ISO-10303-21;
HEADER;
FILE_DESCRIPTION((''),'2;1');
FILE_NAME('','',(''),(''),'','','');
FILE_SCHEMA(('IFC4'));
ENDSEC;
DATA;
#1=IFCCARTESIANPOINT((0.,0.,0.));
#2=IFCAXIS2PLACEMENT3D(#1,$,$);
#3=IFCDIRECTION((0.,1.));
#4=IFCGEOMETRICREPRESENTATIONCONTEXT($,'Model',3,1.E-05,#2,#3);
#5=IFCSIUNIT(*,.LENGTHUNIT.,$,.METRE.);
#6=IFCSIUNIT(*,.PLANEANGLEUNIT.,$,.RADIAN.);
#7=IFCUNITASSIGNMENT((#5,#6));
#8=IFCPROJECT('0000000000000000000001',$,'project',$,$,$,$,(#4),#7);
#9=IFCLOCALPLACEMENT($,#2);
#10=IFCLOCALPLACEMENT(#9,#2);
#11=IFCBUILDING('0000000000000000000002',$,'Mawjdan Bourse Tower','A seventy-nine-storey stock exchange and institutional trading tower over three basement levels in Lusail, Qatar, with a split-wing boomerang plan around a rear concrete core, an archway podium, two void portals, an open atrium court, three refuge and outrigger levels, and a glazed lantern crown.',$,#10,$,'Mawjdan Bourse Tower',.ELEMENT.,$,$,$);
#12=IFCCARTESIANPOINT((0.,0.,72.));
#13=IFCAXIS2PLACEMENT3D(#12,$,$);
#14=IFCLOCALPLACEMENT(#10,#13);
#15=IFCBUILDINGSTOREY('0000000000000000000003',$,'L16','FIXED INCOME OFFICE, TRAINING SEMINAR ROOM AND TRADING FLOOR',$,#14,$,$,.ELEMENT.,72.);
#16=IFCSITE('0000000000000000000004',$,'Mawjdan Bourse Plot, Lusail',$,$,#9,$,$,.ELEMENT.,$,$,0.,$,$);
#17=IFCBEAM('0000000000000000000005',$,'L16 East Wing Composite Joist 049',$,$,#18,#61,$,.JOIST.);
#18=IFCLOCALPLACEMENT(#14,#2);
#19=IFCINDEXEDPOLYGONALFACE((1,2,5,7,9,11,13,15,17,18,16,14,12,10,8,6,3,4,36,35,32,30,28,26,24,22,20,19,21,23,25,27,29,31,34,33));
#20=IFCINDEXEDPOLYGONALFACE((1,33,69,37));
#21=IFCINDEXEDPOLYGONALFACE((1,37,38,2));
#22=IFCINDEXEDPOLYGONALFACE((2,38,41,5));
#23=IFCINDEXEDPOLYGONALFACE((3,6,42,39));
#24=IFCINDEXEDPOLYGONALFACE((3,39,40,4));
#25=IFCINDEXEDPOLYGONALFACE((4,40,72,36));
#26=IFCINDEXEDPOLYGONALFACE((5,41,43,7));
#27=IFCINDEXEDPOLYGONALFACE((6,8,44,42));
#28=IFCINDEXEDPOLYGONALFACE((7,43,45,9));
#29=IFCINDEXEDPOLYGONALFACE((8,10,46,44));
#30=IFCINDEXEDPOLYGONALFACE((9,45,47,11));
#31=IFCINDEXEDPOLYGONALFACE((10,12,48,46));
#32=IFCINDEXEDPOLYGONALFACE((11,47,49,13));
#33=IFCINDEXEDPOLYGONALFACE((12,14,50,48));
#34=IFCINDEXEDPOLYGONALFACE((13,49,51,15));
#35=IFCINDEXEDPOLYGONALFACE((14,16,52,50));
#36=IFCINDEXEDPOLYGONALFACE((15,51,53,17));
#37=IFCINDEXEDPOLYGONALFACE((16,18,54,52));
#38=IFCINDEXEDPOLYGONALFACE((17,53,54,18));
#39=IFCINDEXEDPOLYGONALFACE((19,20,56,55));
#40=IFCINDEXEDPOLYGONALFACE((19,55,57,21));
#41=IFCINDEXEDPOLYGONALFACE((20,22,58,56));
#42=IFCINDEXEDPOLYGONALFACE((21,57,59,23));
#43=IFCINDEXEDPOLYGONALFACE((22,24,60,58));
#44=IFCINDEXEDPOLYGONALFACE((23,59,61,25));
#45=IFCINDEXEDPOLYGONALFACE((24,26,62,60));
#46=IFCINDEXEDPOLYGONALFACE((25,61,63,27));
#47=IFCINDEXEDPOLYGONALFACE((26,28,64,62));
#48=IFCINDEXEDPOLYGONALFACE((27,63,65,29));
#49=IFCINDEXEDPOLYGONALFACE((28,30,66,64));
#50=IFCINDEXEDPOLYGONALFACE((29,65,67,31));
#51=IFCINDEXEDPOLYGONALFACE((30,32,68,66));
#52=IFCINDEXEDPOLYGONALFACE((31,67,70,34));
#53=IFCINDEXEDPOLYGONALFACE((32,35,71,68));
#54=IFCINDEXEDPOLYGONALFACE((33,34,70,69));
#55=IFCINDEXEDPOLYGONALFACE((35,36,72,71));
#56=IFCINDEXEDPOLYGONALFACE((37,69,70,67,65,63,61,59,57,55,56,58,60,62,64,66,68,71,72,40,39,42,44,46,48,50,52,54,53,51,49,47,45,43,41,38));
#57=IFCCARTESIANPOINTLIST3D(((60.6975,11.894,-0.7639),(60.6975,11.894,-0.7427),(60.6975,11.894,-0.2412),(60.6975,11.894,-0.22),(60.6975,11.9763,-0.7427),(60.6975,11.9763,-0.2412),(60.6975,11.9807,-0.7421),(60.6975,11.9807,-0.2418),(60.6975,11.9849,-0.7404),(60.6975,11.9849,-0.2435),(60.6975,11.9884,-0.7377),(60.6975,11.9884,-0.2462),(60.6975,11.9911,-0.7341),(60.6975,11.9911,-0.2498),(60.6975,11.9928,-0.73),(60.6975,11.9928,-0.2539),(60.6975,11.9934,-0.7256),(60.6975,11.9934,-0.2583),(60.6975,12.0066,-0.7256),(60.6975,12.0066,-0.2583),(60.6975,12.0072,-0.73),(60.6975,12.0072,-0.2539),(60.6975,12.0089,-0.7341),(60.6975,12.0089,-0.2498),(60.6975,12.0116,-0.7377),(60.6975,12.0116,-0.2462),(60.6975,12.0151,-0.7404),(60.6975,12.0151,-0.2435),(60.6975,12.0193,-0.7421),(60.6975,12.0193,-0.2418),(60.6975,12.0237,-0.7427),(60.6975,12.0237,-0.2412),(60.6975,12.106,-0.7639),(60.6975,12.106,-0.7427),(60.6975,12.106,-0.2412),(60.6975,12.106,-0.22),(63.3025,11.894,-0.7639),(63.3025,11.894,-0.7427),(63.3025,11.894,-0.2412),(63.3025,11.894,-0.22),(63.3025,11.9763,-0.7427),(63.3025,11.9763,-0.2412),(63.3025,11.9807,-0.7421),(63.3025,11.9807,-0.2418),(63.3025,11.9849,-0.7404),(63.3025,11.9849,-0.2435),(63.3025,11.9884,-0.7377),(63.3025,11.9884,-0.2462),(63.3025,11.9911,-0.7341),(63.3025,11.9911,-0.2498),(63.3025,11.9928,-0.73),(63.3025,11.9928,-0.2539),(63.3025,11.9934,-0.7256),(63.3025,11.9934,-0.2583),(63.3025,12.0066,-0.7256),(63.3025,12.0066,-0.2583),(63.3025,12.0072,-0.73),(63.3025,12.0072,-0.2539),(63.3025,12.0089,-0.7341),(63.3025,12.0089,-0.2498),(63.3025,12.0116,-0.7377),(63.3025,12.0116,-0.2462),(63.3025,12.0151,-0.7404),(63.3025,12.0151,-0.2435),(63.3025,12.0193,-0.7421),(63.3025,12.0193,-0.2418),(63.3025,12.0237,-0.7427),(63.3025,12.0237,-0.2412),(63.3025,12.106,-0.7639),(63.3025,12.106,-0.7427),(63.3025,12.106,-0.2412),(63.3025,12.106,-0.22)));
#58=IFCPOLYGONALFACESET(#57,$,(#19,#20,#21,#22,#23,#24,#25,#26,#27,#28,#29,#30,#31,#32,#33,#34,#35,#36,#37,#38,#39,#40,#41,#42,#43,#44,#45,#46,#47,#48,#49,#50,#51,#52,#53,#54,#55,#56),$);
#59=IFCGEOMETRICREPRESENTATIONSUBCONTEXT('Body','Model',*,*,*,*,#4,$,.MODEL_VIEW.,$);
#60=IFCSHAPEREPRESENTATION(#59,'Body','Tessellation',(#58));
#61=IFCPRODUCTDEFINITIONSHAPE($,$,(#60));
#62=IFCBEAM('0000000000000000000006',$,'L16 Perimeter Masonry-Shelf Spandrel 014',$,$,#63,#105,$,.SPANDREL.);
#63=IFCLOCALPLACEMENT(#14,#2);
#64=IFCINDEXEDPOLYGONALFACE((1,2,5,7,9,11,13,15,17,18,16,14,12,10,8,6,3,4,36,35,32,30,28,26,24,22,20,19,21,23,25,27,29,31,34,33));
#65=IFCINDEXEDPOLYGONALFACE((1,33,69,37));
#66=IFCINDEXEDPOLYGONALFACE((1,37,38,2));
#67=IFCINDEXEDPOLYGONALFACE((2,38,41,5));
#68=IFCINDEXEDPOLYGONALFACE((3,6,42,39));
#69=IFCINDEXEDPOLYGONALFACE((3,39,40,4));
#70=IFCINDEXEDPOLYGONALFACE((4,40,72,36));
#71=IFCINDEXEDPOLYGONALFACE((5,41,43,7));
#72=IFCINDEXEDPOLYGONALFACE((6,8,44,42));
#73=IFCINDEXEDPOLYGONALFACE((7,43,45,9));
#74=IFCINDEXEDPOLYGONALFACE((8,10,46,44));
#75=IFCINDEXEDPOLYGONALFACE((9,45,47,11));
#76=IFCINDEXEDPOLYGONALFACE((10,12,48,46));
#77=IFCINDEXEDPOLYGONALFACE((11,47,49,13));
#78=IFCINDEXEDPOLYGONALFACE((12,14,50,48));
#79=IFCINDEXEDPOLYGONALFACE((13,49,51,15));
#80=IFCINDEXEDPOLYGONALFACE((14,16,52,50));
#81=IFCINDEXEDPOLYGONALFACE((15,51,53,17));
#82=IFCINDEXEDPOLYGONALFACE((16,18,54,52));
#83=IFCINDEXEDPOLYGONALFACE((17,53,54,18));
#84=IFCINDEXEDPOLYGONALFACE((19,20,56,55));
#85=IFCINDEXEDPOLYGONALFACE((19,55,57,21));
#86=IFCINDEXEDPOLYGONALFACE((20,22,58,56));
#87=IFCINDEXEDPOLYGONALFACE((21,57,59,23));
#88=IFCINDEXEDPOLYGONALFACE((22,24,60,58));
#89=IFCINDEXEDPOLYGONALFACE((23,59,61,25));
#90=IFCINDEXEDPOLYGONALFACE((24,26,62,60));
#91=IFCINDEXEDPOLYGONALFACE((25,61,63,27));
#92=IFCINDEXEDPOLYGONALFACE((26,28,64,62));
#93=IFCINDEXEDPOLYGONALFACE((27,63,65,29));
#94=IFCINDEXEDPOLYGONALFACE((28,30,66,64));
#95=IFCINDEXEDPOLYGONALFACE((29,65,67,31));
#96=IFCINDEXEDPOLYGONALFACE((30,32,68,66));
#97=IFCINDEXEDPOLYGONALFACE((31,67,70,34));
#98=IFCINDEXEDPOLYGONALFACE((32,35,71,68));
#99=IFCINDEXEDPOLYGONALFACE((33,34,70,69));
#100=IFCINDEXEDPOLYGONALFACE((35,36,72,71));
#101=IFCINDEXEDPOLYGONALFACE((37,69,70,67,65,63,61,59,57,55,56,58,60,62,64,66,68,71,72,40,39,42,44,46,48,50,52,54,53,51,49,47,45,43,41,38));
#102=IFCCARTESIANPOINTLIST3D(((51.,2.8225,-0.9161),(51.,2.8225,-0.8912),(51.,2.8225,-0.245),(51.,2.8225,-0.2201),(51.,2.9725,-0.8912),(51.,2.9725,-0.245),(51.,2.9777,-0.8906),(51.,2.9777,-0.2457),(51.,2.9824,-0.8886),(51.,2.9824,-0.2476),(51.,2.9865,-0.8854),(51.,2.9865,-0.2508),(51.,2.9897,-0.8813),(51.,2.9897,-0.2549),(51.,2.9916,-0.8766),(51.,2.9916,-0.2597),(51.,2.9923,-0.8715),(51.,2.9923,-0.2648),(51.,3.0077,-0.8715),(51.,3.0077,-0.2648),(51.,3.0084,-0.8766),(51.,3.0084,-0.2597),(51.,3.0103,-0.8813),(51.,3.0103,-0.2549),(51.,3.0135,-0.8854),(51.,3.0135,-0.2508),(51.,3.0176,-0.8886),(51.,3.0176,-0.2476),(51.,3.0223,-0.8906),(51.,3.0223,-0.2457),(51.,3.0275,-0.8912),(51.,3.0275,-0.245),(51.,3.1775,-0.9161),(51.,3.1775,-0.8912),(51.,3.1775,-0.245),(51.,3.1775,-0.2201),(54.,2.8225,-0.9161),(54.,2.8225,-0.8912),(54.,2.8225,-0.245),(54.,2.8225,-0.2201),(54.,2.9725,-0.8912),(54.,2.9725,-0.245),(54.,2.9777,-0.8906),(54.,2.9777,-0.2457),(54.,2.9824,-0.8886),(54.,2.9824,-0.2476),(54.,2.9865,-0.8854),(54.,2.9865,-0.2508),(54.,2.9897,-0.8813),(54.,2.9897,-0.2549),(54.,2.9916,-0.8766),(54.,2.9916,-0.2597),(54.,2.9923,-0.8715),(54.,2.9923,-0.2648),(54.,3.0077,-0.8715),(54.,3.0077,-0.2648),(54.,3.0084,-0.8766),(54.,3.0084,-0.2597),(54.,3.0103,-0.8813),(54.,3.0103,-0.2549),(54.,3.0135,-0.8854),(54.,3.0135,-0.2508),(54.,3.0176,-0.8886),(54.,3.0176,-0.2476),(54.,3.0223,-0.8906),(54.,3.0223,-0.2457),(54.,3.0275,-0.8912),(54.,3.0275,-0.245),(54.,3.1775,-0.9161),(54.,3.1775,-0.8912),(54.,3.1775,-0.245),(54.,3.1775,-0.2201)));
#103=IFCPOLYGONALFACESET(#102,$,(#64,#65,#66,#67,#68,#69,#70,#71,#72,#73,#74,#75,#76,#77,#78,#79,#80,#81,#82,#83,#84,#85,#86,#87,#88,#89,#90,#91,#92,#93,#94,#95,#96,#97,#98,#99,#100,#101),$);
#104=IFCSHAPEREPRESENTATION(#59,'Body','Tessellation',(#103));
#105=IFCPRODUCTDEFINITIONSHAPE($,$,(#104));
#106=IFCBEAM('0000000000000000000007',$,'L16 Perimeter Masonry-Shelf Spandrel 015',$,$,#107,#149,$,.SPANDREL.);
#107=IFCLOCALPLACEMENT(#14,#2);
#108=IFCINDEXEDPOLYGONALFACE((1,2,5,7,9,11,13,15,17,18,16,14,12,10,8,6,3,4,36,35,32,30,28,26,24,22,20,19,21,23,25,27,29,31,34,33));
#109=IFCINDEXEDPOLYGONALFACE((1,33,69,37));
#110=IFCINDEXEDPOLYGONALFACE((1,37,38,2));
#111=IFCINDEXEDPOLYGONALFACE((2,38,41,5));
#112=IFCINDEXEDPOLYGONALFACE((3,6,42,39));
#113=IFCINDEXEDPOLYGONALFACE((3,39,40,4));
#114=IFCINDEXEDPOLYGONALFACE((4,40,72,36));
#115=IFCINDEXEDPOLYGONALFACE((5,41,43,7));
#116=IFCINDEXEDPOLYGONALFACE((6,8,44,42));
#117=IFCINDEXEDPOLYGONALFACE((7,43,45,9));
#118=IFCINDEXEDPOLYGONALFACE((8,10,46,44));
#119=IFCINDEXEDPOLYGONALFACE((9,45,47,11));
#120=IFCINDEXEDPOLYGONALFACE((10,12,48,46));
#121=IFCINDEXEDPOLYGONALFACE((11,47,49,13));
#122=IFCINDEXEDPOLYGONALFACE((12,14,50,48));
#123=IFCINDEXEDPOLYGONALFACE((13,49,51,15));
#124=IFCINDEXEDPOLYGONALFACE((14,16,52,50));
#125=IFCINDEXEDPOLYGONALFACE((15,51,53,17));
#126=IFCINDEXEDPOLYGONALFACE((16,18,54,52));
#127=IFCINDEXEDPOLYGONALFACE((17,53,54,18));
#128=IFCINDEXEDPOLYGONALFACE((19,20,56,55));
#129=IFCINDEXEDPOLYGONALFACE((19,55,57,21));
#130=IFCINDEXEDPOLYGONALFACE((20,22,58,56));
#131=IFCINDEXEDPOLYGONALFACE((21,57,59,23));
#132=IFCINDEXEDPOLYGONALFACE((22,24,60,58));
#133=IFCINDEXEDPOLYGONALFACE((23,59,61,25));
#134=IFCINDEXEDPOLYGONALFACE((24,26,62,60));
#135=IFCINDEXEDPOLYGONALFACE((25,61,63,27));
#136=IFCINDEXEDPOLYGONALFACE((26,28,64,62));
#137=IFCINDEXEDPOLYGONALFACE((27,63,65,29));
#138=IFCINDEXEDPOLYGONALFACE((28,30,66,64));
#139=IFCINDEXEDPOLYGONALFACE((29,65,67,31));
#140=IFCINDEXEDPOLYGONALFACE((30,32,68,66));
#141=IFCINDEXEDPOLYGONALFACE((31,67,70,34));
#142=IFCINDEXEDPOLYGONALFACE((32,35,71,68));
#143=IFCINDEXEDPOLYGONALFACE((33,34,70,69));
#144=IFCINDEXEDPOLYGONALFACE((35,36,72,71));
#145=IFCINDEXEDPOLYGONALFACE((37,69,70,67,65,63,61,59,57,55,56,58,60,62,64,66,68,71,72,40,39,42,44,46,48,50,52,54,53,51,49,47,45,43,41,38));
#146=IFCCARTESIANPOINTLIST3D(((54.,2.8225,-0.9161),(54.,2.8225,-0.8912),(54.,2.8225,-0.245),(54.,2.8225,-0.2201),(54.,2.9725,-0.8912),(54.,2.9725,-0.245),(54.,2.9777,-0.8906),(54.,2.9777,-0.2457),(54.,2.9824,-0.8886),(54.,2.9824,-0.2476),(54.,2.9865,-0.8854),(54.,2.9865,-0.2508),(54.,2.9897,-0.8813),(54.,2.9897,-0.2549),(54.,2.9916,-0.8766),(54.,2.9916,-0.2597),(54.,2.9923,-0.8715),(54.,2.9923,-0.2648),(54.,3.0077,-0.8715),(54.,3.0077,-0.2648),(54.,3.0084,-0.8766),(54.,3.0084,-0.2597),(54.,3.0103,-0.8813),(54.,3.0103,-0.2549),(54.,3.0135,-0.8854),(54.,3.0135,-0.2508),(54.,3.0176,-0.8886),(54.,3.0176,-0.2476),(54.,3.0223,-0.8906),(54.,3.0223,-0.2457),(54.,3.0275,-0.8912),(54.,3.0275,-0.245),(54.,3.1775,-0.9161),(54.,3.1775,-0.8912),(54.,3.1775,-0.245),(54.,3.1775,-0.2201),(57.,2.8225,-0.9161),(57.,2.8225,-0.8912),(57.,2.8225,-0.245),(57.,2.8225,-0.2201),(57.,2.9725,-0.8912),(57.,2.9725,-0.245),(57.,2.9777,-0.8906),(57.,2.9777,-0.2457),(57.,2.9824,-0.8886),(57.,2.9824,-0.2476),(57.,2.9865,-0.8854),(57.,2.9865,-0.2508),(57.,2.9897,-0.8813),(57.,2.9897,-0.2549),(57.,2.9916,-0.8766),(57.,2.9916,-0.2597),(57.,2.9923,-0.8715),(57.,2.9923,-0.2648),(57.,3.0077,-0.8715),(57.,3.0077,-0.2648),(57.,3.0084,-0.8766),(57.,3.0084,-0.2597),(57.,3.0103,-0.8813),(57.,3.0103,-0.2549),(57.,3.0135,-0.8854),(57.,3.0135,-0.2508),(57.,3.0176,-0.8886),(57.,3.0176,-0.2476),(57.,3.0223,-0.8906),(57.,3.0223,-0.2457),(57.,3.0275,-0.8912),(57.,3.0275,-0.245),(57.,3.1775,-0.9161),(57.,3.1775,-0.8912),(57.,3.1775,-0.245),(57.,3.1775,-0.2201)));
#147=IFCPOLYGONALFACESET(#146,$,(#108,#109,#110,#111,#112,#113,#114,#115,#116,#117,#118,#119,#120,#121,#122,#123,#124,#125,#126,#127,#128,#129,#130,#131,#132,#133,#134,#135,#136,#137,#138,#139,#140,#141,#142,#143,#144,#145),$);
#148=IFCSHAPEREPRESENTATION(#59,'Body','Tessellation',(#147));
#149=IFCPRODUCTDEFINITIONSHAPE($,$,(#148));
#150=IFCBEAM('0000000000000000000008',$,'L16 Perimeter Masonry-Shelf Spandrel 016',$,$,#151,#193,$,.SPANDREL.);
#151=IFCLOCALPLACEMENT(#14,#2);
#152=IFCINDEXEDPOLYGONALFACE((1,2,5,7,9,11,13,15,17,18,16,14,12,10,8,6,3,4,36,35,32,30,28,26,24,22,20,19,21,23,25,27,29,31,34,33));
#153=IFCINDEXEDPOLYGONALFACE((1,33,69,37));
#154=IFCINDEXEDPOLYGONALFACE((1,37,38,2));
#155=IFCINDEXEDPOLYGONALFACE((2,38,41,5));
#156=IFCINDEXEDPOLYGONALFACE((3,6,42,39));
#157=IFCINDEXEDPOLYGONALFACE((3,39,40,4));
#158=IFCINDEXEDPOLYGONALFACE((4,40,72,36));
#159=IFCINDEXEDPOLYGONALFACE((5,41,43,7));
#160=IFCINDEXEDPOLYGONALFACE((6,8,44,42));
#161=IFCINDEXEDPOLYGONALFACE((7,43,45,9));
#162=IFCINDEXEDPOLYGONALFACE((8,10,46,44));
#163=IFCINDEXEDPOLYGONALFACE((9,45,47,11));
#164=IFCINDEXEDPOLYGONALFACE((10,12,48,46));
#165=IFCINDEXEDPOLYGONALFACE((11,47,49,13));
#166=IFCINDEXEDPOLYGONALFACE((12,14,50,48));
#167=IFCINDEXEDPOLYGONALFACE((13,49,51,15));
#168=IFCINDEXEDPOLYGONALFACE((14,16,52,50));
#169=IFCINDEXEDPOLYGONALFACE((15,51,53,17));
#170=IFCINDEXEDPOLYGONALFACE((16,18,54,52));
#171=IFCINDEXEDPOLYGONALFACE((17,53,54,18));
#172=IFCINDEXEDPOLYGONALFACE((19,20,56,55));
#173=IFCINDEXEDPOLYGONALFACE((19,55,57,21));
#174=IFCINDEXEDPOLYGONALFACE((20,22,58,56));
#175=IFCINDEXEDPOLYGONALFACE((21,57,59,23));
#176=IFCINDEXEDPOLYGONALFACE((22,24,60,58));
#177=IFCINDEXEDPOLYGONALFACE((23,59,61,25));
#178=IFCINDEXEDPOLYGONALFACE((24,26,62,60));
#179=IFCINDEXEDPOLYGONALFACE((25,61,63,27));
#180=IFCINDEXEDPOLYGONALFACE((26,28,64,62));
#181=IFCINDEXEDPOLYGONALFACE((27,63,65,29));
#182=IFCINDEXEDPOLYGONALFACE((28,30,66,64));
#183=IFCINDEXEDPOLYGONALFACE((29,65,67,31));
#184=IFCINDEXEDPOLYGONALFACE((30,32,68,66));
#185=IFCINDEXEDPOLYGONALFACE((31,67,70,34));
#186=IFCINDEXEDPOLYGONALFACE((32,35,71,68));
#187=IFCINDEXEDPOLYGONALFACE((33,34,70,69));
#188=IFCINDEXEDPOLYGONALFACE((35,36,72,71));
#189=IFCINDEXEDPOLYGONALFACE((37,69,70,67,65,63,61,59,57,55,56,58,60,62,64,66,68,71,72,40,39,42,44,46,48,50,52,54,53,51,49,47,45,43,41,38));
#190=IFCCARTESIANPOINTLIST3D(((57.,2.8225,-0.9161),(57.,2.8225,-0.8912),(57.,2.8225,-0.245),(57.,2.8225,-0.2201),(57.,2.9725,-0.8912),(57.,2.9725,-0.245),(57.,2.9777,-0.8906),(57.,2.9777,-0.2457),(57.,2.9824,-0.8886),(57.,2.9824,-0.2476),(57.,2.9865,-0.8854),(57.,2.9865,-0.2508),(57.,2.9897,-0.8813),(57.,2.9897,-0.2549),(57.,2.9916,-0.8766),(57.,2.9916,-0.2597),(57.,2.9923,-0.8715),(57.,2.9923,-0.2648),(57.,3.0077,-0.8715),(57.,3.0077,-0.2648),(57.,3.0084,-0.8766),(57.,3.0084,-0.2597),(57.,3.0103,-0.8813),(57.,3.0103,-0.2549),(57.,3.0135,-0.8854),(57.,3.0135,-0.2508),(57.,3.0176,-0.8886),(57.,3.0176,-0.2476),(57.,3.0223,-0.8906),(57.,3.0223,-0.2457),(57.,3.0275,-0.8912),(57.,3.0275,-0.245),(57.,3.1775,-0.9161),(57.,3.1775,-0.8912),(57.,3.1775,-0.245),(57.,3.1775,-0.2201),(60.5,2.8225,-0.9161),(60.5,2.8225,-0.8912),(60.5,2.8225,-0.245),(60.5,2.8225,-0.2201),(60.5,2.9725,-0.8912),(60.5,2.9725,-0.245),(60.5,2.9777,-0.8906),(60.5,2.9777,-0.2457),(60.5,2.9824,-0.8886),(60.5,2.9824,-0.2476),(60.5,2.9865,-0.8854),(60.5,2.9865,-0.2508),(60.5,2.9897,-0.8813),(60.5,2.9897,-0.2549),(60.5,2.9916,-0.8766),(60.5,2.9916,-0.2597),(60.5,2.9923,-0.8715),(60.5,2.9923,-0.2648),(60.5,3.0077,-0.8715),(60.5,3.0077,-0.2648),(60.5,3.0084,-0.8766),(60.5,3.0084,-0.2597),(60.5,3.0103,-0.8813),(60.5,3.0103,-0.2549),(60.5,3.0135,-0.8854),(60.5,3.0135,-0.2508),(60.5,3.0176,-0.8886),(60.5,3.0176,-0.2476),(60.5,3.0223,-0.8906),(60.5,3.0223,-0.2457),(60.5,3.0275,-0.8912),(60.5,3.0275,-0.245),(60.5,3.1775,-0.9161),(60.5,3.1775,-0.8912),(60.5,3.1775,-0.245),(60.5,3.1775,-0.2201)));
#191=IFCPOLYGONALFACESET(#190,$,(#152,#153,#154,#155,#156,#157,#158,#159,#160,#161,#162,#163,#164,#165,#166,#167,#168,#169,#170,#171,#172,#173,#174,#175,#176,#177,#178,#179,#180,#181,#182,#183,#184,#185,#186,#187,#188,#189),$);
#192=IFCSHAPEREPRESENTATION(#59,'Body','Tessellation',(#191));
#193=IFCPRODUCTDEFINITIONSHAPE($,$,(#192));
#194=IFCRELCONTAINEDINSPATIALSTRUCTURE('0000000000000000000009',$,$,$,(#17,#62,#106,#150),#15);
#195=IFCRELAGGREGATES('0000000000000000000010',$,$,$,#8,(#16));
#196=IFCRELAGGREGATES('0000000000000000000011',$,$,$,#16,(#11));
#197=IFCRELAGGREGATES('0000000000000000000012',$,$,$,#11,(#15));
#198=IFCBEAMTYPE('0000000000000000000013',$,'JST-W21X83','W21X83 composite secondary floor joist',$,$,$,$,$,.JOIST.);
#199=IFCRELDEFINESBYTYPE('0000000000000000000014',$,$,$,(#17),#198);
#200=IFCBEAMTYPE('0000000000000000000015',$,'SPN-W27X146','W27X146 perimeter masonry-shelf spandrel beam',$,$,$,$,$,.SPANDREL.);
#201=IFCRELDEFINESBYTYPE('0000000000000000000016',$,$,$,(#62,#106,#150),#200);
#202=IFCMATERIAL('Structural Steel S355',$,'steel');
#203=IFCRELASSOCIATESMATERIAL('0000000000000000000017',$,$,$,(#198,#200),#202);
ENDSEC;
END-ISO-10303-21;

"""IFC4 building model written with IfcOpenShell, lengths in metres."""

from ifc_helpers import new_model, si_unit, direction, frame, origin, origin_2d, place, context, subcontext, project, spatial, i_section, extrude, material, material_profile, profile_set, type_object, element, save


model = new_model("IFC4")

# Units and contexts
model_context = context("Model", 3, precision=1e-05, world=origin(), true_north=direction((0.0, 1.0)))
body_context = subcontext(model_context, "Body", "Model", "MODEL_VIEW")
ifc_project = project(units=[si_unit("LENGTHUNIT", "METRE"), si_unit("PLANEANGLEUNIT", "RADIAN")], contexts=[model_context])

# Site, building, storey
site_placement = place(None, origin())
site = spatial("IfcSite", under=ifc_project, at=site_placement, Name="Mawjdan Bourse Plot, Lusail", CompositionType="ELEMENT", RefElevation=0.0)
building_placement = place(site_placement, origin())
building = spatial("IfcBuilding", under=site, at=building_placement, Name="Mawjdan Bourse Tower", Description="A seventy-nine-storey stock exchange and institutional trading tower over three basement levels in Lusail, Qatar, with a split-wing boomerang plan around a rear concrete core, an archway podium, two void portals, an open atrium court, three refuge and outrigger levels, and a glazed lantern crown.", LongName="Mawjdan Bourse Tower", CompositionType="ELEMENT")
storey_placement = place(building_placement, frame((0.0, 0.0, 72.0)))
storey = spatial("IfcBuildingStorey", under=building, at=storey_placement, Name="L16", Description="FIXED INCOME OFFICE, TRAINING SEMINAR ROOM AND TRADING FLOOR", CompositionType="ELEMENT", Elevation=72.0)

# Beams
ifc_material_1 = material(Name="Structural Steel S355", Category="steel")
ifc_material_profile_1 = material_profile(ifc_material_1, i_section(OverallWidth=0.2119, OverallDepth=0.5439, WebThickness=0.0132, FlangeThickness=0.0212, FilletRadius=0.0171, at=origin_2d()), Name="W21X83")
ifc_profile_set_1 = profile_set([ifc_material_profile_1], Name="Structural Steel S355")
beam_type_1 = type_object("IfcBeamType", Name="JST-W21X83", Description="W21X83 composite secondary floor joist", PredefinedType="JOIST", material=ifc_profile_set_1)
beam_1_placement = place(storey_placement, frame((60.6975, 12.0, -0.4919), z_axis=(1.0, 0.0, 0.0), x_axis=(0.0, 1.0, 0.0)))
element("IfcBeam", 1, at=beam_1_placement, inside=storey, type_object=beam_type_1, Name="L16 East Wing Composite Joist 049", PredefinedType="JOIST", context=body_context, shape_type="SweptSolid", body=[
    extrude(i_section(OverallWidth=0.2119, OverallDepth=0.5439, WebThickness=0.0132, FlangeThickness=0.0212, FilletRadius=0.0171, at=origin_2d()), origin(), (0.0, 0.0, 1.0), 2.605),
])
ifc_material_profile_2 = material_profile(ifc_material_1, i_section(OverallWidth=0.355, OverallDepth=0.696, WebThickness=0.0154, FlangeThickness=0.0249, FilletRadius=0.0198, at=origin_2d()), Name="W27X146")
ifc_profile_set_2 = profile_set([ifc_material_profile_2], Name="Structural Steel S355")
beam_type_2 = type_object("IfcBeamType", Name="SPN-W27X146", Description="W27X146 perimeter masonry-shelf spandrel beam", PredefinedType="SPANDREL", material=ifc_profile_set_2)
for number, where, z_axis, x_axis, name in (
    (2, (51.0, 3.0, -0.5681), (1.0, 0.0, 0.0), (0.0, 1.0, 0.0), "L16 Perimeter Masonry-Shelf Spandrel 014"),
    (3, (54.0, 3.0, -0.5681), (1.0, 0.0, 0.0), (0.0, 1.0, 0.0), "L16 Perimeter Masonry-Shelf Spandrel 015"),
):
    element("IfcBeam", number, at=place(storey_placement, frame(where, z_axis=z_axis, x_axis=x_axis)), inside=storey, type_object=beam_type_2, Name=name, PredefinedType="SPANDREL", context=body_context, shape_type="SweptSolid", body=[
        extrude(i_section(OverallWidth=0.355, OverallDepth=0.696, WebThickness=0.0154, FlangeThickness=0.0249, FilletRadius=0.0198, at=origin_2d()), origin(), (0.0, 0.0, 1.0), 3.0),
    ])
beam_2_placement = place(storey_placement, frame((57.0, 3.0, -0.5681), z_axis=(1.0, 0.0, 0.0), x_axis=(0.0, 1.0, 0.0)))
element("IfcBeam", 4, at=beam_2_placement, inside=storey, type_object=beam_type_2, Name="L16 Perimeter Masonry-Shelf Spandrel 016", PredefinedType="SPANDREL", context=body_context, shape_type="SweptSolid", body=[
    extrude(i_section(OverallWidth=0.355, OverallDepth=0.696, WebThickness=0.0154, FlangeThickness=0.0249, FilletRadius=0.0198, at=origin_2d()), origin(), (0.0, 0.0, 1.0), 3.5),
])

save(model, "model.ifc")
